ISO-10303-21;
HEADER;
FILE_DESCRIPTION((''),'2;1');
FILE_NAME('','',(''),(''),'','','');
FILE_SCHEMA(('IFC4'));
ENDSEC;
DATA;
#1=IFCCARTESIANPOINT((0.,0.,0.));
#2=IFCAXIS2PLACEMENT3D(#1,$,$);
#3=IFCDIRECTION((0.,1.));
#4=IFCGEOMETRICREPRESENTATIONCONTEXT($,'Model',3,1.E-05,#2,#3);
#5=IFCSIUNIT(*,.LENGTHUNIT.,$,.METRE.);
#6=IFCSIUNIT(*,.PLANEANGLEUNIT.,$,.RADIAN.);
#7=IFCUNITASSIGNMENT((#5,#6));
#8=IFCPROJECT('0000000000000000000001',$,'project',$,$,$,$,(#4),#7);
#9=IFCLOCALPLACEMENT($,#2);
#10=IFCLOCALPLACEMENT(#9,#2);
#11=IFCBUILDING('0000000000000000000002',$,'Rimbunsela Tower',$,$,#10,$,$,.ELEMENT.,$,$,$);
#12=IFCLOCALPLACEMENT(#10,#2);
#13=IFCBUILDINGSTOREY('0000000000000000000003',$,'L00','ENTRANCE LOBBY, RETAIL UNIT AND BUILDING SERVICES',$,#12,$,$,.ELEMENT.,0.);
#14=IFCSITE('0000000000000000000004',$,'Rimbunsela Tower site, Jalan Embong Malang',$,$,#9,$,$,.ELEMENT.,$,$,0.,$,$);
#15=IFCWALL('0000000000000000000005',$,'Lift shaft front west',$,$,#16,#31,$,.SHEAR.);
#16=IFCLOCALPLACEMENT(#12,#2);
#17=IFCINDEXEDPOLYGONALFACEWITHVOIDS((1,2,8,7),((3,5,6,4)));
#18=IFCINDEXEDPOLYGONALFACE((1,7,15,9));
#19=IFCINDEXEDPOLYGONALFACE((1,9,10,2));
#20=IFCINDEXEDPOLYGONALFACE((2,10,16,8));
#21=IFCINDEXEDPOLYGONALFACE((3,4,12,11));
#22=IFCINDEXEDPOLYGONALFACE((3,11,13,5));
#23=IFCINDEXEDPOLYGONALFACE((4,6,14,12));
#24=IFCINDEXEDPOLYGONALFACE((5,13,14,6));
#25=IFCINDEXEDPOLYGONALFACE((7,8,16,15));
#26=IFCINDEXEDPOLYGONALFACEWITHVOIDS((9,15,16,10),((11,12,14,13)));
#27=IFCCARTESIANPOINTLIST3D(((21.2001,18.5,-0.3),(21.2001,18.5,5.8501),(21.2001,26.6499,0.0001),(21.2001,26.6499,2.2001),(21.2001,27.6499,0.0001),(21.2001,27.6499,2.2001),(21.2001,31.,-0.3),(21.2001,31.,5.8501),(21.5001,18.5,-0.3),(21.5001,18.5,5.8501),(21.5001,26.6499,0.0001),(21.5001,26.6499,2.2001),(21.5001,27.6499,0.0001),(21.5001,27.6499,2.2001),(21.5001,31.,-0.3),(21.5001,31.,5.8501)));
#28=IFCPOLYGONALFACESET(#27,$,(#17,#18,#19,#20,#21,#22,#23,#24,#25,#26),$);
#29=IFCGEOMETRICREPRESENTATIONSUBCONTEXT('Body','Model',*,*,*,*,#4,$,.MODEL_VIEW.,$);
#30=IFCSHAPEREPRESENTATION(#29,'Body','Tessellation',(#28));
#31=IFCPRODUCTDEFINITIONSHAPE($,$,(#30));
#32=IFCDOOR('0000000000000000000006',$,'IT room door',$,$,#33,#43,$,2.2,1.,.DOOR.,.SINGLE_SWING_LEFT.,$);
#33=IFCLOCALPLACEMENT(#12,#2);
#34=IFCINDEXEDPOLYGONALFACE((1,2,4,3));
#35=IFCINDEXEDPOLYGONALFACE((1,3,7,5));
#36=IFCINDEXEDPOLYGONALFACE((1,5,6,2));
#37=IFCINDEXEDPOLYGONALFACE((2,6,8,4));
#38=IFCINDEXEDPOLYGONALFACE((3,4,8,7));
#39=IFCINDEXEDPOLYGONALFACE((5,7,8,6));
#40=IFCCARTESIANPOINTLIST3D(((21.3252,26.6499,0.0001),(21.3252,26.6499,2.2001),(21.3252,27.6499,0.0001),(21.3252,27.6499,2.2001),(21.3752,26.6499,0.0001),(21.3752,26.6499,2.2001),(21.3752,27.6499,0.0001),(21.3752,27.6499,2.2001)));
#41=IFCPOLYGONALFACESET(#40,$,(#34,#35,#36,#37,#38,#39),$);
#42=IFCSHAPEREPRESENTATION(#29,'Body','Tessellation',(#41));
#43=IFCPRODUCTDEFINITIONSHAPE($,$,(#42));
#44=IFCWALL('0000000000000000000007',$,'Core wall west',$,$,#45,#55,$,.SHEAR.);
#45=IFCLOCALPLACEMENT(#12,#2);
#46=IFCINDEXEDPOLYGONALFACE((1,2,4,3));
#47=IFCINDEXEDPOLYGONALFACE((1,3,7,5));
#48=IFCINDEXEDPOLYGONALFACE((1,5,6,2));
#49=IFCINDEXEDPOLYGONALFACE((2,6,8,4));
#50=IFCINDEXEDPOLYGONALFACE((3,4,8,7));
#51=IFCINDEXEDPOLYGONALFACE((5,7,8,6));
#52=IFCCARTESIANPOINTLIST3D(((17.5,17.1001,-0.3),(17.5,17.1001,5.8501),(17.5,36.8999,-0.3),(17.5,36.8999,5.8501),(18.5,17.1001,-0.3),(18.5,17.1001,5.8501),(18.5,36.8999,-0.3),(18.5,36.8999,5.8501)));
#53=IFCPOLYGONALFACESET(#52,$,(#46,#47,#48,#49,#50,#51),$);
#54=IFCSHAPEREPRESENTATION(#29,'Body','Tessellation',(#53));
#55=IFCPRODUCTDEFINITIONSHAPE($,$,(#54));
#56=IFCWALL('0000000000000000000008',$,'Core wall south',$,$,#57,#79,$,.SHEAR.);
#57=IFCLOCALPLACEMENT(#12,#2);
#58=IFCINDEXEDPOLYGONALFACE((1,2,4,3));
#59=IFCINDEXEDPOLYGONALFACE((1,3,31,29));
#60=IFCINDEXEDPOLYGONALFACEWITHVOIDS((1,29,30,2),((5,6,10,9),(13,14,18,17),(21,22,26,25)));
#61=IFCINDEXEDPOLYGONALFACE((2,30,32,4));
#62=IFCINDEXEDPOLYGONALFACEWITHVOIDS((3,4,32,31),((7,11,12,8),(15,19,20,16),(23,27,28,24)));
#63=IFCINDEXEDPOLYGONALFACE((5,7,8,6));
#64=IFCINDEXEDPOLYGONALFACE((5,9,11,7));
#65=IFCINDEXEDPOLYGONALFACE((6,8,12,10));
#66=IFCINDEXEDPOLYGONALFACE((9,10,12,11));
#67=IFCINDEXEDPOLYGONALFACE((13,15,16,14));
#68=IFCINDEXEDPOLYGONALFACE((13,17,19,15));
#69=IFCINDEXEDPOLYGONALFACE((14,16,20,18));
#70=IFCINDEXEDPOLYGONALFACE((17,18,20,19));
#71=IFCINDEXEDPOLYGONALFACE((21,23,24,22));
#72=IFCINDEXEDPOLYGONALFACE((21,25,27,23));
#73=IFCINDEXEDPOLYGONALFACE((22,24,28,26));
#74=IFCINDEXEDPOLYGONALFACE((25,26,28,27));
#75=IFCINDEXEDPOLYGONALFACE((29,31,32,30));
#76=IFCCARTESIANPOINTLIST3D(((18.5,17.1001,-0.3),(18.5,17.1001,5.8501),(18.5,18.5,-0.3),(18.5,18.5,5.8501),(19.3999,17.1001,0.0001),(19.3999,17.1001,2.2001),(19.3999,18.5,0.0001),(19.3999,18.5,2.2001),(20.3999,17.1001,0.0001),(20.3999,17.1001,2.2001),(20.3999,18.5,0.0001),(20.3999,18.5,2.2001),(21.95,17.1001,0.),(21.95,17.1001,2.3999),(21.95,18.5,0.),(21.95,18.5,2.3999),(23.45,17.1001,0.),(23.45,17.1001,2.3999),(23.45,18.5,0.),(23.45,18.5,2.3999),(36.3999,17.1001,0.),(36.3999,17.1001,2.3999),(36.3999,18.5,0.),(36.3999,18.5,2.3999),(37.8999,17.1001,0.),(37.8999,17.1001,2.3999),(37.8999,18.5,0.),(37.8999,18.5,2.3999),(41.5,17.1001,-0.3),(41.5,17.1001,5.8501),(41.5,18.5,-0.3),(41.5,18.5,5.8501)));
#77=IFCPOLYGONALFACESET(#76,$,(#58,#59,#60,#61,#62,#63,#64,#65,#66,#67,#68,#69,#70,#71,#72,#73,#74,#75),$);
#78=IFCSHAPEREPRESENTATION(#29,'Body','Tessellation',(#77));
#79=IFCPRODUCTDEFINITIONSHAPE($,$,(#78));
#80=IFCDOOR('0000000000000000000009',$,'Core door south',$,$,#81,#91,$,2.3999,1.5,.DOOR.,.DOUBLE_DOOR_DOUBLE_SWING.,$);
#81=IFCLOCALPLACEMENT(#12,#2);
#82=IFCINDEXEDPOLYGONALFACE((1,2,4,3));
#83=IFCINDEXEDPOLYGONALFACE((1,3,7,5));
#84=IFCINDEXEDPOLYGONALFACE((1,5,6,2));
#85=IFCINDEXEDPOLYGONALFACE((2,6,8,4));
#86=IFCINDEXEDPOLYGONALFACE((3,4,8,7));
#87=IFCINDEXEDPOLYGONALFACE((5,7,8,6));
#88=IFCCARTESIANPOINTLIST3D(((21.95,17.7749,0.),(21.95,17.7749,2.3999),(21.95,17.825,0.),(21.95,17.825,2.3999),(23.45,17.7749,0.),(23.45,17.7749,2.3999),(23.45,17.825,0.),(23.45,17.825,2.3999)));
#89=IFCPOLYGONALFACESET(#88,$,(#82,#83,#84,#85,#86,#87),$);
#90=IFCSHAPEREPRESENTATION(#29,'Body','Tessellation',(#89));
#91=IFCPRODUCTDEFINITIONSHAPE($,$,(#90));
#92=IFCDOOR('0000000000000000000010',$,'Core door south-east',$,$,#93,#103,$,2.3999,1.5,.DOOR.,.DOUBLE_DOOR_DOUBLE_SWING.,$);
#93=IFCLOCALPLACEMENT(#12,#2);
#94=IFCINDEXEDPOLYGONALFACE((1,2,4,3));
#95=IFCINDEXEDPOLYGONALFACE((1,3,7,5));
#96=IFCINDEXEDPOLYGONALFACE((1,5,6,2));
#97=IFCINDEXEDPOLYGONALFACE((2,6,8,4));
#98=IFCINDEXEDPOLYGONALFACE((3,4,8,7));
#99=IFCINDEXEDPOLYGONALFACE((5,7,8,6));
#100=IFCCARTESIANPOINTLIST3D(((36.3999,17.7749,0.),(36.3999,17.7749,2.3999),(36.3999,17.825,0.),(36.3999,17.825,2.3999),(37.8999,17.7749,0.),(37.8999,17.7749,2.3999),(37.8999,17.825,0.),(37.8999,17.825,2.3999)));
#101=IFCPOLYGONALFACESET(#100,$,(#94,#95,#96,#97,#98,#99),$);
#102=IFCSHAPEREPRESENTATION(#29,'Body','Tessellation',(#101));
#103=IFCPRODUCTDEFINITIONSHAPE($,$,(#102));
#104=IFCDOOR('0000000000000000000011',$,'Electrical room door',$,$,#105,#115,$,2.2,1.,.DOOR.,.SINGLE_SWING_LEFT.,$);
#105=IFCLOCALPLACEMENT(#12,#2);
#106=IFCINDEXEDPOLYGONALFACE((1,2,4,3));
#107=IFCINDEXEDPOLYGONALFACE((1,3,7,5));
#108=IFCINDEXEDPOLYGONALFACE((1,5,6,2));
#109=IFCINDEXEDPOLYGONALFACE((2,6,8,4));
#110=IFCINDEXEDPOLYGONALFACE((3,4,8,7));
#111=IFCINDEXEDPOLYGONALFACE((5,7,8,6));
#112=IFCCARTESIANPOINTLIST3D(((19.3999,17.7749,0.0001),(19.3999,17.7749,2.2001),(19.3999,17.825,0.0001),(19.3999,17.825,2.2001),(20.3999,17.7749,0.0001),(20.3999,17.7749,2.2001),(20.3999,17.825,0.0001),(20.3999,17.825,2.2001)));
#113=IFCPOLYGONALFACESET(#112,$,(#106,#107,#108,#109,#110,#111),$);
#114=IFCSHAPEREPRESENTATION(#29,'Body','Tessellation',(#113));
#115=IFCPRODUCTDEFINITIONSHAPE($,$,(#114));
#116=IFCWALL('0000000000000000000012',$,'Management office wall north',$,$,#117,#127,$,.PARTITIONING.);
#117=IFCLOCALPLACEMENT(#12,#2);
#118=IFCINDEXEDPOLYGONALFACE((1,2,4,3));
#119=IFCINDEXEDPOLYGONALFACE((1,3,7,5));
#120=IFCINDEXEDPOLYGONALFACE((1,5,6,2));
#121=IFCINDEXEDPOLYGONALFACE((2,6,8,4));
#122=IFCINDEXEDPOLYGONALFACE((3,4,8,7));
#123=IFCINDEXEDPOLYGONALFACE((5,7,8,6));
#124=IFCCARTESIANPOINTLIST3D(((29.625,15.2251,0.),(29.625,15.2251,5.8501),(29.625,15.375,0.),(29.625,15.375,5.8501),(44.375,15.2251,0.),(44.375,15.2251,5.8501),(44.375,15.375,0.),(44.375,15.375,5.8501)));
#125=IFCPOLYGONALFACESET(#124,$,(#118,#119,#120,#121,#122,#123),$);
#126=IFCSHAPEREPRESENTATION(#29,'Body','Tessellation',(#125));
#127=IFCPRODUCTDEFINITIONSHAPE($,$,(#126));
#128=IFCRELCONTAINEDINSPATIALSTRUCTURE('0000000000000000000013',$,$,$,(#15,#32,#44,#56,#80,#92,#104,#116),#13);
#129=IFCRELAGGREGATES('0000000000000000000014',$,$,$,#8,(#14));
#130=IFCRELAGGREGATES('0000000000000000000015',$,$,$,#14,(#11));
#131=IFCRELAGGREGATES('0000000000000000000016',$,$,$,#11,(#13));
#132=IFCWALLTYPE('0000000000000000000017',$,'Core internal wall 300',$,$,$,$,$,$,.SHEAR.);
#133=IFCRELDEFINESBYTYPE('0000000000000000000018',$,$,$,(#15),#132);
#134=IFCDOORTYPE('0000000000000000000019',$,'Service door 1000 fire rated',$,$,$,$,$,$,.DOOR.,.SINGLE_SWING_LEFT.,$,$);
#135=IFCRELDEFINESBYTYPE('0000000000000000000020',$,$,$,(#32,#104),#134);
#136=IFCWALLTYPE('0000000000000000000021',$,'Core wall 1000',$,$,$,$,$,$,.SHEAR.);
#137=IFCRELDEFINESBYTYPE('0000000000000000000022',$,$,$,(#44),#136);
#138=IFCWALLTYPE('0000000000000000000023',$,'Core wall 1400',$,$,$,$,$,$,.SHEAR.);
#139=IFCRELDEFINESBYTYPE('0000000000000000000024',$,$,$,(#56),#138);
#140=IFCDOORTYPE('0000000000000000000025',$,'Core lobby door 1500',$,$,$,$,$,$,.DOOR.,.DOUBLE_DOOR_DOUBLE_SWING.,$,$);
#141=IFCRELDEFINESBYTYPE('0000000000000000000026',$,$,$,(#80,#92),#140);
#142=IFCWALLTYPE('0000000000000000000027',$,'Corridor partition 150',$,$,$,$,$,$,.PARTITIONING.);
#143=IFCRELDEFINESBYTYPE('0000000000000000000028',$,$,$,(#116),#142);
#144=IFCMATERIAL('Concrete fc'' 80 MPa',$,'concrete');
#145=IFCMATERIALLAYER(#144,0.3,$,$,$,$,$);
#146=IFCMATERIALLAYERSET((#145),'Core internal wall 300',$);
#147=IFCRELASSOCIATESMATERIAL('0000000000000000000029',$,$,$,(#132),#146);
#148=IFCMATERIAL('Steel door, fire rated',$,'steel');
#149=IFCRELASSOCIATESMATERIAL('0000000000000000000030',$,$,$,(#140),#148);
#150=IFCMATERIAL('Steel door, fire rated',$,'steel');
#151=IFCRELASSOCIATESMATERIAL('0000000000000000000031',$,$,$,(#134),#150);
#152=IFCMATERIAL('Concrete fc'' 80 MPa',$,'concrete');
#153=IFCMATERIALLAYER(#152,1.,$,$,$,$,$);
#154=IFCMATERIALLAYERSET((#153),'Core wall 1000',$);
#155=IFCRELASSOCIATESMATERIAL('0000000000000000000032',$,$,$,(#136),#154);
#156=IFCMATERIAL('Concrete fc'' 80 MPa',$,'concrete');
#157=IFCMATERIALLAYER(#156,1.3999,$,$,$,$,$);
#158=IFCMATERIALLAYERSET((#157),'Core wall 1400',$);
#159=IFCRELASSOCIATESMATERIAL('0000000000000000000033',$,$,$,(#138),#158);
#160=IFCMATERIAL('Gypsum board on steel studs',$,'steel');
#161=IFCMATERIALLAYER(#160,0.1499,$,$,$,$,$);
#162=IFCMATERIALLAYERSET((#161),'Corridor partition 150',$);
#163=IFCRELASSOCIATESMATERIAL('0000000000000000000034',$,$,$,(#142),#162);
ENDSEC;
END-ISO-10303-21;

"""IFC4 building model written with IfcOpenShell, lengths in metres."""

from ifc_helpers import new_model, si_unit, direction, frame, frame_2d, origin, place, context, subcontext, project, spatial, rectangle, extrude, material, layer, layer_set, type_object, element, fill, save


model = new_model("IFC4")

# Units and contexts
model_context = context("Model", 3, precision=1e-05, world=origin(), true_north=direction((0.0, 1.0)))
body_context = subcontext(model_context, "Body", "Model", "MODEL_VIEW")
ifc_project = project(units=[si_unit("LENGTHUNIT", "METRE"), si_unit("PLANEANGLEUNIT", "RADIAN")], contexts=[model_context])

# Site, building, storey
site_placement = place(None, origin())
site = spatial("IfcSite", under=ifc_project, at=site_placement, Name="Rimbunsela Tower site, Jalan Embong Malang", CompositionType="ELEMENT", RefElevation=0.0)
building_placement = place(site_placement, origin())
building = spatial("IfcBuilding", under=site, at=building_placement, Name="Rimbunsela Tower", CompositionType="ELEMENT")
storey_placement = place(building_placement, origin())
storey = spatial("IfcBuildingStorey", under=building, at=storey_placement, Name="L00", Description="ENTRANCE LOBBY, RETAIL UNIT AND BUILDING SERVICES", CompositionType="ELEMENT", Elevation=0.0)

# Shared definitions
ifc_material_1 = material(Name="Concrete fc' 80 MPa", Category="concrete")
ifc_layer_1 = layer(ifc_material_1, 0.3)
ifc_layer_set_1 = layer_set([ifc_layer_1], Name="Core internal wall 300")
wall_type_1 = type_object("IfcWallType", Name="Core internal wall 300", PredefinedType="SHEAR", material=ifc_layer_set_1)
ifc_material_2 = material(Name="Steel door, fire rated", Category="steel")
door_type_1 = type_object("IfcDoorType", Name="Core lobby door 1500", OperationType="DOUBLE_DOOR_DOUBLE_SWING", PredefinedType="DOOR", material=ifc_material_2)

# Wall, opening, door
wall_1_placement = place(storey_placement, frame((21.3501, 18.5, -0.3), z_axis=(0.0, 0.0, 1.0), x_axis=(0.0, 1.0, 0.0)))
wall_1 = element("IfcWall", 1, at=wall_1_placement, inside=storey, type_object=wall_type_1, Name="Lift shaft front west", PredefinedType="SHEAR", context=body_context, shape_type="SweptSolid", body=[
    extrude(rectangle(XDim=12.5, YDim=0.3, at=frame_2d((6.25, 0.0))), origin(), (0.0, 0.0, 1.0), 6.1501),
])
opening_1_placement = place(wall_1_placement, frame((8.1499, 0.0, 0.3)))
opening_1 = element("IfcOpeningElement", 2, at=opening_1_placement, cuts=wall_1, PredefinedType="OPENING", context=body_context, shape_type="SweptSolid", body=[
    extrude(rectangle(XDim=1.0, YDim=2.2, at=frame_2d((0.5, 1.1001))), frame((0.0, 0.1599, 0.0), z_axis=(0.0, -1.0, 0.0), x_axis=(1.0, 0.0, 0.0)), (0.0, 0.0, 1.0), 0.3201),
])
ifc_material_3 = material(Name="Steel door, fire rated", Category="steel")
door_type_2 = type_object("IfcDoorType", Name="Service door 1000 fire rated", OperationType="SINGLE_SWING_LEFT", PredefinedType="DOOR", material=ifc_material_3)
door_1_placement = place(opening_1_placement, origin())
door_1 = element("IfcDoor", 3, at=door_1_placement, inside=storey, type_object=door_type_2, Name="IT room door", OperationType="SINGLE_SWING_LEFT", OverallHeight=2.2, OverallWidth=1.0, PredefinedType="DOOR", context=body_context, shape_type="SweptSolid", body=[
    extrude(rectangle(XDim=1.0, YDim=2.2, at=frame_2d((0.5, 1.1001))), frame((0.0, 0.0249, 0.0), z_axis=(0.0, -1.0, 0.0), x_axis=(1.0, 0.0, 0.0)), (0.0, 0.0, 1.0), 0.05),
])
fill(opening_1, door_1)

# Wall
ifc_material_4 = material(Name="Concrete fc' 80 MPa", Category="concrete")
ifc_layer_2 = layer(ifc_material_4, 1.0)
ifc_layer_set_2 = layer_set([ifc_layer_2], Name="Core wall 1000")
wall_type_2 = type_object("IfcWallType", Name="Core wall 1000", PredefinedType="SHEAR", material=ifc_layer_set_2)
wall_2_placement = place(storey_placement, frame((18.0, 17.1001, -0.3), z_axis=(0.0, 0.0, 1.0), x_axis=(0.0, 1.0, 0.0)))
element("IfcWall", 4, at=wall_2_placement, inside=storey, type_object=wall_type_2, Name="Core wall west", PredefinedType="SHEAR", context=body_context, shape_type="SweptSolid", body=[
    extrude(rectangle(XDim=19.7998, YDim=1.0, at=frame_2d((9.8999, 0.0))), origin(), (0.0, 0.0, 1.0), 6.1501),
])

# Wall, openings, doors
ifc_material_5 = material(Name="Concrete fc' 80 MPa", Category="concrete")
ifc_layer_3 = layer(ifc_material_5, 1.3999)
ifc_layer_set_3 = layer_set([ifc_layer_3], Name="Core wall 1400")
wall_type_3 = type_object("IfcWallType", Name="Core wall 1400", PredefinedType="SHEAR", material=ifc_layer_set_3)
wall_3_placement = place(storey_placement, frame((18.5, 17.8, -0.3), z_axis=(0.0, 0.0, 1.0), x_axis=(1.0, 0.0, 0.0)))
wall_3 = element("IfcWall", 5, at=wall_3_placement, inside=storey, type_object=wall_type_3, Name="Core wall south", PredefinedType="SHEAR", context=body_context, shape_type="SweptSolid", body=[
    extrude(rectangle(XDim=23.0, YDim=1.3999, at=frame_2d((11.5, 0.0))), origin(), (0.0, 0.0, 1.0), 6.1501),
])
opening_2_placement = place(wall_3_placement, frame((3.45, 0.0, 0.3)))
opening_2 = element("IfcOpeningElement", 6, at=opening_2_placement, cuts=wall_3, PredefinedType="OPENING", context=body_context, shape_type="SweptSolid", body=[
    extrude(rectangle(XDim=1.5, YDim=2.3999, at=frame_2d((0.75, 1.2))), frame((0.0, 0.71, 0.0), z_axis=(0.0, -1.0, 0.0), x_axis=(1.0, 0.0, 0.0)), (0.0, 0.0, 1.0), 1.4199),
])
opening_3_placement = place(wall_3_placement, frame((17.8999, 0.0, 0.3)))
opening_3 = element("IfcOpeningElement", 7, at=opening_3_placement, cuts=wall_3, PredefinedType="OPENING", context=body_context, shape_type="SweptSolid", body=[
    extrude(rectangle(XDim=1.5, YDim=2.3999, at=frame_2d((0.75, 1.2))), frame((0.0, 0.71, 0.0), z_axis=(0.0, -1.0, 0.0), x_axis=(1.0, 0.0, 0.0)), (0.0, 0.0, 1.0), 1.4199),
])
opening_4_placement = place(wall_3_placement, frame((0.8999, 0.0, 0.3)))
opening_4 = element("IfcOpeningElement", 8, at=opening_4_placement, cuts=wall_3, PredefinedType="OPENING", context=body_context, shape_type="SweptSolid", body=[
    extrude(rectangle(XDim=1.0, YDim=2.2, at=frame_2d((0.5, 1.1001))), frame((0.0, 0.71, 0.0), z_axis=(0.0, -1.0, 0.0), x_axis=(1.0, 0.0, 0.0)), (0.0, 0.0, 1.0), 1.4199),
])
door_2_placement = place(opening_2_placement, origin())
door_2 = element("IfcDoor", 9, at=door_2_placement, inside=storey, type_object=door_type_1, Name="Core door south", OperationType="DOUBLE_DOOR_DOUBLE_SWING", OverallHeight=2.3999, OverallWidth=1.5, PredefinedType="DOOR", context=body_context, shape_type="SweptSolid", body=[
    extrude(rectangle(XDim=1.5, YDim=2.3999, at=frame_2d((0.75, 1.2))), frame((0.0, 0.0249, 0.0), z_axis=(0.0, -1.0, 0.0), x_axis=(1.0, 0.0, 0.0)), (0.0, 0.0, 1.0), 0.05),
])
fill(opening_2, door_2)
door_3_placement = place(opening_3_placement, origin())
door_3 = element("IfcDoor", 10, at=door_3_placement, inside=storey, type_object=door_type_1, Name="Core door south-east", OperationType="DOUBLE_DOOR_DOUBLE_SWING", OverallHeight=2.3999, OverallWidth=1.5, PredefinedType="DOOR", context=body_context, shape_type="SweptSolid", body=[
    extrude(rectangle(XDim=1.5, YDim=2.3999, at=frame_2d((0.75, 1.2))), frame((0.0, 0.0249, 0.0), z_axis=(0.0, -1.0, 0.0), x_axis=(1.0, 0.0, 0.0)), (0.0, 0.0, 1.0), 0.05),
])
fill(opening_3, door_3)
door_4_placement = place(opening_4_placement, origin())
door_4 = element("IfcDoor", 11, at=door_4_placement, inside=storey, type_object=door_type_2, Name="Electrical room door", OperationType="SINGLE_SWING_LEFT", OverallHeight=2.2, OverallWidth=1.0, PredefinedType="DOOR", context=body_context, shape_type="SweptSolid", body=[
    extrude(rectangle(XDim=1.0, YDim=2.2, at=frame_2d((0.5, 1.1001))), frame((0.0, 0.0249, 0.0), z_axis=(0.0, -1.0, 0.0), x_axis=(1.0, 0.0, 0.0)), (0.0, 0.0, 1.0), 0.05),
])
fill(opening_4, door_4)

# Wall
ifc_material_6 = material(Name="Gypsum board on steel studs", Category="steel")
ifc_layer_4 = layer(ifc_material_6, 0.1499)
ifc_layer_set_4 = layer_set([ifc_layer_4], Name="Corridor partition 150")
wall_type_4 = type_object("IfcWallType", Name="Corridor partition 150", PredefinedType="PARTITIONING", material=ifc_layer_set_4)
wall_4_placement = place(storey_placement, frame((29.625, 15.3, 0.0), z_axis=(0.0, 0.0, 1.0), x_axis=(1.0, 0.0, 0.0)))
element("IfcWall", 12, at=wall_4_placement, inside=storey, type_object=wall_type_4, Name="Management office wall north", PredefinedType="PARTITIONING", context=body_context, shape_type="SweptSolid", body=[
    extrude(rectangle(XDim=14.75, YDim=0.1499, at=frame_2d((7.375, 0.0))), origin(), (0.0, 0.0, 1.0), 5.8501),
])

save(model, "model.ifc")
